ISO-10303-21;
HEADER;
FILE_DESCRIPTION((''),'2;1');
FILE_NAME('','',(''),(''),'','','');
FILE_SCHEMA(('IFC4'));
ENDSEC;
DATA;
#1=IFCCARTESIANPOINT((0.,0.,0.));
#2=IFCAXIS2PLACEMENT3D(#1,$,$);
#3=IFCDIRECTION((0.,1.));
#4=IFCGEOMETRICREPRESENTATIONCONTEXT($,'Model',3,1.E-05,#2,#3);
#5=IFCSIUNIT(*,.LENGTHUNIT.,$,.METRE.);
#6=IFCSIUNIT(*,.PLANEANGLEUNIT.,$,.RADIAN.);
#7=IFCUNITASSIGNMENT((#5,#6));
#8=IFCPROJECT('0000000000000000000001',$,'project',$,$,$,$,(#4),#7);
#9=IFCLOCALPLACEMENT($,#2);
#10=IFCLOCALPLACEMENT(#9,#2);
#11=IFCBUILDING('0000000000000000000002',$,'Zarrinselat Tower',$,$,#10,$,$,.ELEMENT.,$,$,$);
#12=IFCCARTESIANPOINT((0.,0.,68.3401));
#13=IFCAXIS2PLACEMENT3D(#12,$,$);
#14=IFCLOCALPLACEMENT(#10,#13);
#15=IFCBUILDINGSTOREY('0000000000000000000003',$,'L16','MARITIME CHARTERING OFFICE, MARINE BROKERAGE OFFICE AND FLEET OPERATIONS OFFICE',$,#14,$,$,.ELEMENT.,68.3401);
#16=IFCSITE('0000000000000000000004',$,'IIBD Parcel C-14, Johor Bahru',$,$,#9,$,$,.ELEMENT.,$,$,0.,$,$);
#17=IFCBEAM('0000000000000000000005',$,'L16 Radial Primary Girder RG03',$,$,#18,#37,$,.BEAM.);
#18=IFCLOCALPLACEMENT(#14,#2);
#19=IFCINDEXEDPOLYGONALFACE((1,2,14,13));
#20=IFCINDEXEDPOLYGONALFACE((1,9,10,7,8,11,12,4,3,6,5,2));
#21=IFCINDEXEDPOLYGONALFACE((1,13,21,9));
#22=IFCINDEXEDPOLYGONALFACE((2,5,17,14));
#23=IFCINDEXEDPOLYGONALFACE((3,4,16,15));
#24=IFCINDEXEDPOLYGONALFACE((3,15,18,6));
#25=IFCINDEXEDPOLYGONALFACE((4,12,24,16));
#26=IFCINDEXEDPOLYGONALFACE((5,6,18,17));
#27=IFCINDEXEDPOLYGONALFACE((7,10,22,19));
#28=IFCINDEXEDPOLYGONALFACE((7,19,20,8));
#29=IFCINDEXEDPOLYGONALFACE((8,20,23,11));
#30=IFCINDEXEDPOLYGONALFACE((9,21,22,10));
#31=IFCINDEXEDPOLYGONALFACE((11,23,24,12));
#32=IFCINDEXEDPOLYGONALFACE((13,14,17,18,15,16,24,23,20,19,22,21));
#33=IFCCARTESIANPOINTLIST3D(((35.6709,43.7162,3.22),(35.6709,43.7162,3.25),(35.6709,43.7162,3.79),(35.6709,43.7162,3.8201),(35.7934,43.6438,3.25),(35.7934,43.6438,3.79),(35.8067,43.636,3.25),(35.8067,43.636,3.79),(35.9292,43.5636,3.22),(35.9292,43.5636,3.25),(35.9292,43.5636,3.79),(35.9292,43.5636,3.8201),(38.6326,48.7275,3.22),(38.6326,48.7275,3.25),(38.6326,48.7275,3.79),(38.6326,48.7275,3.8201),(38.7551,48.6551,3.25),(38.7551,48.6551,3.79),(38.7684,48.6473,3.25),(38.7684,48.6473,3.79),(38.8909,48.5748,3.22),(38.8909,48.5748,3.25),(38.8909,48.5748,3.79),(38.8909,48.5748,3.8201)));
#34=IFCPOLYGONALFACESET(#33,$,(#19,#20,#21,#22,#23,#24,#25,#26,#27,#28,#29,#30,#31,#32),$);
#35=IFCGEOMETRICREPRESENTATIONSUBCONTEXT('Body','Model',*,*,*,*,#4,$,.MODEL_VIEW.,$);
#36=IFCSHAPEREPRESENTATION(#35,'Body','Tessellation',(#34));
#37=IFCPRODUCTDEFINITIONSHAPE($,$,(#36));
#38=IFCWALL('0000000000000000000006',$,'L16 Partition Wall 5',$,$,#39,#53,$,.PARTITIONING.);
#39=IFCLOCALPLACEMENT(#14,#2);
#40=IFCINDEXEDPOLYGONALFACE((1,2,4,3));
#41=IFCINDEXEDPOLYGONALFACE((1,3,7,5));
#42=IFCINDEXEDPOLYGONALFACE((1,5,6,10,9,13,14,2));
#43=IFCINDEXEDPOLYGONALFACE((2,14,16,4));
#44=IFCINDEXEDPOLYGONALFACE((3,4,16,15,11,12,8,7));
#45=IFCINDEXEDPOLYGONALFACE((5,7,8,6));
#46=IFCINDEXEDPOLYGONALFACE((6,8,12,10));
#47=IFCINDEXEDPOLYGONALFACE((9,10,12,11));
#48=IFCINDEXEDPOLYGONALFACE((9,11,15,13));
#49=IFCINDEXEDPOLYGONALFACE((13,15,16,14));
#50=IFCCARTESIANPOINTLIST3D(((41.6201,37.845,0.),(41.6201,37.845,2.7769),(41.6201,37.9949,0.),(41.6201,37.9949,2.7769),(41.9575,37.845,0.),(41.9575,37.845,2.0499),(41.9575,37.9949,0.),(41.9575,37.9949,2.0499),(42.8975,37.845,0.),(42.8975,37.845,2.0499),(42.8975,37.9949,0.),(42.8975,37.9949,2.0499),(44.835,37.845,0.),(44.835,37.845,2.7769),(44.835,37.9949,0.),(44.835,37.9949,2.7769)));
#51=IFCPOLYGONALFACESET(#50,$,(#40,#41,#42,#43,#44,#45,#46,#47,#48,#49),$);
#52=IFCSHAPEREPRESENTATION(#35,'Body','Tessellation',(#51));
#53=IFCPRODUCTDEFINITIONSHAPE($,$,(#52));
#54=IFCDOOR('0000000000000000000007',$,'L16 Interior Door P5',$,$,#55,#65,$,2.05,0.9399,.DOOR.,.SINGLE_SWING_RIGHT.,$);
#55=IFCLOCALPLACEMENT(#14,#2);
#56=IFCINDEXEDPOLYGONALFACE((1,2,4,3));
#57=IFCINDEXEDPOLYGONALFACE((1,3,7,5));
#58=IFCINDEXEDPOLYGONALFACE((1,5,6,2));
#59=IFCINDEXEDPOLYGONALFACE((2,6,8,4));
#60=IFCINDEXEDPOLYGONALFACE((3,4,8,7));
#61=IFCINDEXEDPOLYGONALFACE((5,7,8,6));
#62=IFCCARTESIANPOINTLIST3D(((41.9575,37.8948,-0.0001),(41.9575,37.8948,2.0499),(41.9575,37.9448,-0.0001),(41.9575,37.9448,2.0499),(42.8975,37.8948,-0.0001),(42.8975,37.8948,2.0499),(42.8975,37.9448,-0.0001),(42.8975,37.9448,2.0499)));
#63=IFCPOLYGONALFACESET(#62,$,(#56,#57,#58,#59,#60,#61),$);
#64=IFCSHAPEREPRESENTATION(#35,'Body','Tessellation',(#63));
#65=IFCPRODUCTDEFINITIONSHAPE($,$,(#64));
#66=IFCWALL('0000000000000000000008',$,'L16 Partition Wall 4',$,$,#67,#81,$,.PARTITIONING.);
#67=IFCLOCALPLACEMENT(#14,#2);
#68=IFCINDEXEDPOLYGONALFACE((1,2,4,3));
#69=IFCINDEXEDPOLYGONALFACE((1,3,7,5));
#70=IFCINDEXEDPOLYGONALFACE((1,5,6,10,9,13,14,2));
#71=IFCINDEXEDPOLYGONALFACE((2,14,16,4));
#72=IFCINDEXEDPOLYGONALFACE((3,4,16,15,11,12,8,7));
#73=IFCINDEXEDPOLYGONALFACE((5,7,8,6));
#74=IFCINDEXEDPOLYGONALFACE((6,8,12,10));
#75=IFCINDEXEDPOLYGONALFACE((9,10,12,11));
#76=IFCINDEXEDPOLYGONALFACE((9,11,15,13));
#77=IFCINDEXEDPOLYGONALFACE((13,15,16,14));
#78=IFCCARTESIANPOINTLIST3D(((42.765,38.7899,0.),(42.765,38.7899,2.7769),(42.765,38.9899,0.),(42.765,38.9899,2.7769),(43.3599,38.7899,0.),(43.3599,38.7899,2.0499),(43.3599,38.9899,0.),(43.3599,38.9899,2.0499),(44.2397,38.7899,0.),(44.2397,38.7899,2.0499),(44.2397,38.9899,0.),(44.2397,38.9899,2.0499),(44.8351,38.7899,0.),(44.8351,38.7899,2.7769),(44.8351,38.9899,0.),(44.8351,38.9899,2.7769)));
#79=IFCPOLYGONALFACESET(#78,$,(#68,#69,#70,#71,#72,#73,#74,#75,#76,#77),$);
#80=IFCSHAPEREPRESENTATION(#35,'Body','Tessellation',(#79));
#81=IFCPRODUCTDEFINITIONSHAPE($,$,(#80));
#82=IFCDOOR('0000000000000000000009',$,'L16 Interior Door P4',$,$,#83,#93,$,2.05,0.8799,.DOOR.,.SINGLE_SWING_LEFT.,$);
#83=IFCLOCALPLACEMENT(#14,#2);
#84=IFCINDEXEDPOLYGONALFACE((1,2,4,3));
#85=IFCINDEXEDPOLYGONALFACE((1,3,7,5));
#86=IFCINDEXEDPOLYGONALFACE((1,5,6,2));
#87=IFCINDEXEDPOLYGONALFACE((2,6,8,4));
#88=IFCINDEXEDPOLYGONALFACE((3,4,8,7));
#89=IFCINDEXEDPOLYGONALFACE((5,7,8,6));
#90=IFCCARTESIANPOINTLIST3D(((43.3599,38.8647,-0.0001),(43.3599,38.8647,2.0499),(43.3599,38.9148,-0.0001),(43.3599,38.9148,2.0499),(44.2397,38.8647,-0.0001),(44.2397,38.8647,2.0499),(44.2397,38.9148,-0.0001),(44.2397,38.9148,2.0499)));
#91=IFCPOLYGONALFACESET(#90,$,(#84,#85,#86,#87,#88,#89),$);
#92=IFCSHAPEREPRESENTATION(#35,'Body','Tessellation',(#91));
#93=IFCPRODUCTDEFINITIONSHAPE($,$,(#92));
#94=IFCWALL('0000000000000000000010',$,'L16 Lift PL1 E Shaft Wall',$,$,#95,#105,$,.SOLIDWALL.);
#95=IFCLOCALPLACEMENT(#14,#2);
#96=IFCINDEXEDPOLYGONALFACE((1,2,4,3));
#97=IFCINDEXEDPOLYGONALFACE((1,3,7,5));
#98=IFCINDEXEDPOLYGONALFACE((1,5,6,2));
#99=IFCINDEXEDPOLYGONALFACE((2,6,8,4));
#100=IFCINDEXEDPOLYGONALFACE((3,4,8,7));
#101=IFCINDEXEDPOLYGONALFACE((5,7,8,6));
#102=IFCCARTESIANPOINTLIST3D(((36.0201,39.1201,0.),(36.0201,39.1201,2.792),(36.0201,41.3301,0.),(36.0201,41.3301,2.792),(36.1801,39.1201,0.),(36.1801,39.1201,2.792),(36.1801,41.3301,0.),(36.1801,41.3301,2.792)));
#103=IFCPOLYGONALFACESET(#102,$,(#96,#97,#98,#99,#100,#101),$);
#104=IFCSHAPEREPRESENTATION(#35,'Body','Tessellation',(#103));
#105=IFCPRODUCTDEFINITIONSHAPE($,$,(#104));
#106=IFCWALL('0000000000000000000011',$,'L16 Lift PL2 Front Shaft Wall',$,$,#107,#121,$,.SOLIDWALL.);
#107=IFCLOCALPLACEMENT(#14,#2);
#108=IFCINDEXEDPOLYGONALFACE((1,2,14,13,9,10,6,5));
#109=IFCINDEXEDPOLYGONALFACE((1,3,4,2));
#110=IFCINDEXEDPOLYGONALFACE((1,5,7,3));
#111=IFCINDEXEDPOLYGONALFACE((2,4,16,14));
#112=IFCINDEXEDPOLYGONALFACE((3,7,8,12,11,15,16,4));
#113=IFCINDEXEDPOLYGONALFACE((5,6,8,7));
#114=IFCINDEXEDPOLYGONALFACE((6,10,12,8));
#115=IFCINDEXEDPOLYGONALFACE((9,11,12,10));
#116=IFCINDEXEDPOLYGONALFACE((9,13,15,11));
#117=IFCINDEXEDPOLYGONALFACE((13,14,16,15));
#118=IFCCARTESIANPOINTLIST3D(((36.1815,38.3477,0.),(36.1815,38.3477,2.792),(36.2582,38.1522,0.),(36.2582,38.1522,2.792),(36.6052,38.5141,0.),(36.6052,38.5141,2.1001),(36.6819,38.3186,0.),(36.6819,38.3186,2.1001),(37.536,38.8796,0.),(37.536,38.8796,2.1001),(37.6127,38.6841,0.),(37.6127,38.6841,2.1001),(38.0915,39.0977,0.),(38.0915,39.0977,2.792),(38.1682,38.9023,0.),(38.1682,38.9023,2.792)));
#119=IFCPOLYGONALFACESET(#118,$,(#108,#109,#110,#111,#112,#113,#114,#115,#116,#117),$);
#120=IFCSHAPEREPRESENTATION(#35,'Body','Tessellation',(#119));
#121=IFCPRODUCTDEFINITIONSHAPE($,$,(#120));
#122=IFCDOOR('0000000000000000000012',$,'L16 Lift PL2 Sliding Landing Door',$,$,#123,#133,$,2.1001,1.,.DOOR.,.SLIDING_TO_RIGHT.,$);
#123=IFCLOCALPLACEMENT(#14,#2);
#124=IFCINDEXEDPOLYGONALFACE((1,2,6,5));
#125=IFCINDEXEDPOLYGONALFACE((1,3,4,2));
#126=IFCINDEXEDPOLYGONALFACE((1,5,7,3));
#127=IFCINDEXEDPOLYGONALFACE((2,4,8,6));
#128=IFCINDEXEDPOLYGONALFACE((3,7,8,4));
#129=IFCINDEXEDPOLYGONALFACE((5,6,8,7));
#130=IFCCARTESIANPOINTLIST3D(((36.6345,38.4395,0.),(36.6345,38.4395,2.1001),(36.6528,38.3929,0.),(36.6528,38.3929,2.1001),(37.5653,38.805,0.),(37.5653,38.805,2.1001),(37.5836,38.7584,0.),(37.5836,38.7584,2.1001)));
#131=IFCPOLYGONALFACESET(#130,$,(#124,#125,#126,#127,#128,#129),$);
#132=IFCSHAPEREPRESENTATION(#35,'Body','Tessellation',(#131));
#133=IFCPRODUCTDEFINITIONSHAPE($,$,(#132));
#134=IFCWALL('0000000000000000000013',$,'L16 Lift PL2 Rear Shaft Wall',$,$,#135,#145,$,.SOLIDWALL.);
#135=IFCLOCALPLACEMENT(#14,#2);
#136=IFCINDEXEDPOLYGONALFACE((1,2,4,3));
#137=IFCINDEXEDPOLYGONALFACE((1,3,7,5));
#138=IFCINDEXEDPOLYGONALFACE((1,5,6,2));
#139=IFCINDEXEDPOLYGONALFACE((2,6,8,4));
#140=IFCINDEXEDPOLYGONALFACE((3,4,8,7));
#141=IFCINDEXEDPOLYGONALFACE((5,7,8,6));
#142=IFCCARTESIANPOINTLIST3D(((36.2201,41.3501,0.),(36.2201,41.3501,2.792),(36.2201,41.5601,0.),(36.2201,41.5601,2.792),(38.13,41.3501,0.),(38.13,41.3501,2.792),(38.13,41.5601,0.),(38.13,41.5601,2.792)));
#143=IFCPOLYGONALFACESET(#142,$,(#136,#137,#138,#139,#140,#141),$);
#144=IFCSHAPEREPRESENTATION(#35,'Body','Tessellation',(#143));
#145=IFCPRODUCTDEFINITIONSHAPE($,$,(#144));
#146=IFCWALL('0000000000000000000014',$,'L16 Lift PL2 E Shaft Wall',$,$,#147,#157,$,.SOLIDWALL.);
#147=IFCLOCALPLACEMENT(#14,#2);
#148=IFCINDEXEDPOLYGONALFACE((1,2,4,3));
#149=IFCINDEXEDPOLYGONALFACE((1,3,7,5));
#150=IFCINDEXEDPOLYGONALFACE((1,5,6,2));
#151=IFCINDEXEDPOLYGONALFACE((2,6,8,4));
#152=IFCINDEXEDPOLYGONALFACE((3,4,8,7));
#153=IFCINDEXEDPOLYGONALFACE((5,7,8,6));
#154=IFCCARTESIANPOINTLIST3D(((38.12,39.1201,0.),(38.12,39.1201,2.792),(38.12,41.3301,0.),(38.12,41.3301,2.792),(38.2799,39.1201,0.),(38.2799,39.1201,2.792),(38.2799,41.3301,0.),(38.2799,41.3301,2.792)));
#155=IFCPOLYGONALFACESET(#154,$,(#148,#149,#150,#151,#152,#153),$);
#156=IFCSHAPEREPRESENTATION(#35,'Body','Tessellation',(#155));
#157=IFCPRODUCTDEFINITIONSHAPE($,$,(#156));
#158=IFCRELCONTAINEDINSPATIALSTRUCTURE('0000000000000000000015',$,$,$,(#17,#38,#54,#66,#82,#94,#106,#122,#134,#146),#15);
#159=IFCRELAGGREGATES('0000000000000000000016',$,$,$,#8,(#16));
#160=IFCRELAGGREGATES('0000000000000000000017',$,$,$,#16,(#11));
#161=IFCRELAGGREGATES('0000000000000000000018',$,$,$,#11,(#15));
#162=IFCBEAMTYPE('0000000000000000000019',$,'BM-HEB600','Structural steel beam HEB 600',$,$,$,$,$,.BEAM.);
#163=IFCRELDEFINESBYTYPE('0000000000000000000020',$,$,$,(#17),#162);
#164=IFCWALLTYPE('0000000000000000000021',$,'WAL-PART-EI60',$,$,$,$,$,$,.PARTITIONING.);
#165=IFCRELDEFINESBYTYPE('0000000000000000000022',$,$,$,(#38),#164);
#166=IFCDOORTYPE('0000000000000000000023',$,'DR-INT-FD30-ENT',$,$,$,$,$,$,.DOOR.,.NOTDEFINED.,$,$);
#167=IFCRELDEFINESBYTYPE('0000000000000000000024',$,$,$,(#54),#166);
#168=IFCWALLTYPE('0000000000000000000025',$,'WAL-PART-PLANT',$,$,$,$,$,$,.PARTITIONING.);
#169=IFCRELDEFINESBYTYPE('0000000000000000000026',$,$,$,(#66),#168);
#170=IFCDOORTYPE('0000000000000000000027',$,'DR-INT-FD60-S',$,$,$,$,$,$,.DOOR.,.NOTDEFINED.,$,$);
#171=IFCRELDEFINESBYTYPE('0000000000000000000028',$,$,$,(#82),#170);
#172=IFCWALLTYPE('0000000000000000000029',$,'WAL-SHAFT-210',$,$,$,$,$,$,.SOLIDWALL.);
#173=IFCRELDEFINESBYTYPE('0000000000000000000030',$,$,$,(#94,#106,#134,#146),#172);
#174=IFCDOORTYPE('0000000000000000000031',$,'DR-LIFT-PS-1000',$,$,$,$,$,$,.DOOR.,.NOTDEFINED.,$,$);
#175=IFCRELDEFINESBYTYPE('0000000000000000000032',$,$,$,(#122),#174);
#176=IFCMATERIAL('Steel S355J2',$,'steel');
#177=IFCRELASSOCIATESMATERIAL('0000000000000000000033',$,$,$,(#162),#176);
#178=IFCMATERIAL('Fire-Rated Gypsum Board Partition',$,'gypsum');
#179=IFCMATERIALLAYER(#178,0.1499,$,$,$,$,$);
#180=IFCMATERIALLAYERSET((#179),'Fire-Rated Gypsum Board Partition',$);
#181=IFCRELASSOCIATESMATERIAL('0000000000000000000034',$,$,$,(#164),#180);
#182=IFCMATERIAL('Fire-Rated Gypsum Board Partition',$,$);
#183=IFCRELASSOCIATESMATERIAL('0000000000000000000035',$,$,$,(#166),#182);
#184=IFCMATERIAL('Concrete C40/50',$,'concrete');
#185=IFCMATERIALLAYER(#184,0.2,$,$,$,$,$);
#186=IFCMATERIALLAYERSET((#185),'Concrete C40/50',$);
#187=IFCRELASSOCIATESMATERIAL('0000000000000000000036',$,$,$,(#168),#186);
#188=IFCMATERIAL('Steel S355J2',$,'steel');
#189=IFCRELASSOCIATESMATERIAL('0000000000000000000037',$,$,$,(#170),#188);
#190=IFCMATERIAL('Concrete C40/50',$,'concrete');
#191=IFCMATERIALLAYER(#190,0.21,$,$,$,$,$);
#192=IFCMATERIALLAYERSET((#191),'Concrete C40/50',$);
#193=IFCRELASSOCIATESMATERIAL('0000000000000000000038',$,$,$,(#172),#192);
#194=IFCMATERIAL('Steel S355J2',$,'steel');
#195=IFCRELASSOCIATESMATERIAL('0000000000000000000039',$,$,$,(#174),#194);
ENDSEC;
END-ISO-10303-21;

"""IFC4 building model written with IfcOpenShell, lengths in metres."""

from ifc_helpers import new_model, si_unit, direction, frame, frame_2d, origin, origin_2d, place, context, subcontext, project, spatial, rectangle, i_section, extrude, material, layer, layer_set, material_profile, profile_set, type_object, element, fill, save


model = new_model("IFC4")

# Units and contexts
model_context = context("Model", 3, precision=1e-05, world=origin(), true_north=direction((0.0, 1.0)))
body_context = subcontext(model_context, "Body", "Model", "MODEL_VIEW")
ifc_project = project(units=[si_unit("LENGTHUNIT", "METRE"), si_unit("PLANEANGLEUNIT", "RADIAN")], contexts=[model_context])

# Site, building, storey
site_placement = place(None, origin())
site = spatial("IfcSite", under=ifc_project, at=site_placement, Name="IIBD Parcel C-14, Johor Bahru", CompositionType="ELEMENT", RefElevation=0.0)
building_placement = place(site_placement, origin())
building = spatial("IfcBuilding", under=site, at=building_placement, Name="Zarrinselat Tower", CompositionType="ELEMENT")
storey_placement = place(building_placement, frame((0.0, 0.0, 68.3401)))
storey = spatial("IfcBuildingStorey", under=building, at=storey_placement, Name="L16", Description="MARITIME CHARTERING OFFICE, MARINE BROKERAGE OFFICE AND FLEET OPERATIONS OFFICE", CompositionType="ELEMENT", Elevation=68.3401)

# Beam
ifc_material_1 = material(Name="Steel S355J2", Category="steel")
ifc_material_profile = material_profile(ifc_material_1, i_section(OverallWidth=0.3, OverallDepth=0.6001, WebThickness=0.0154, FlangeThickness=0.03, at=origin_2d()), Name="HEB 600")
ifc_profile_set = profile_set([ifc_material_profile], Name="Steel S355J2")
beam_type = type_object("IfcBeamType", Name="BM-HEB600", Description="Structural steel beam HEB 600", PredefinedType="BEAM", material=ifc_profile_set)
beam_placement = place(storey_placement, frame((35.8, 43.6399, 3.52), z_axis=(0.508791, 0.86089, 0.0), x_axis=(-0.86089, 0.508791, 0.0)))
element("IfcBeam", 1, at=beam_placement, inside=storey, type_object=beam_type, Name="L16 Radial Primary Girder RG03", PredefinedType="BEAM", context=body_context, shape_type="SweptSolid", body=[
    extrude(i_section(OverallWidth=0.3, OverallDepth=0.6001, WebThickness=0.0154, FlangeThickness=0.03, at=origin_2d()), origin(), (0.0, 0.0, 1.0), 5.821),
])

# Walls, openings, doors
ifc_material_2 = material(Name="Fire-Rated Gypsum Board Partition", Category="gypsum")
ifc_layer_1 = layer(ifc_material_2, 0.1499)
ifc_layer_set_1 = layer_set([ifc_layer_1], Name="Fire-Rated Gypsum Board Partition")
wall_type_1 = type_object("IfcWallType", Name="WAL-PART-EI60", PredefinedType="PARTITIONING", material=ifc_layer_set_1)
wall_1_placement = place(storey_placement, frame((41.6201, 37.9199, 0.0), z_axis=(0.0, 0.0, 1.0), x_axis=(1.0, 0.0, 0.0)))
wall_1 = element("IfcWall", 2, at=wall_1_placement, inside=storey, type_object=wall_type_1, Name="L16 Partition Wall 5", PredefinedType="PARTITIONING", context=body_context, shape_type="SweptSolid", body=[
    extrude(rectangle(XDim=3.2148, YDim=0.1499, at=frame_2d((1.6074, 0.0))), origin(), (0.0, 0.0, 1.0), 2.7769),
])
opening_1_placement = place(wall_1_placement, frame((0.3374, 0.0, 0.0)))
opening_1 = element("IfcOpeningElement", 3, at=opening_1_placement, cuts=wall_1, PredefinedType="OPENING", context=body_context, shape_type="SweptSolid", body=[
    extrude(rectangle(XDim=0.9399, YDim=2.05, at=frame_2d((0.47, 1.0249))), frame((0.0, 0.085, 0.0), z_axis=(0.0, -1.0, 0.0), x_axis=(1.0, 0.0, 0.0)), (0.0, 0.0, 1.0), 0.1699),
])
ifc_material_3 = material(Name="Fire-Rated Gypsum Board Partition")
door_type_1 = type_object("IfcDoorType", Name="DR-INT-FD30-ENT", OperationType="NOTDEFINED", PredefinedType="DOOR", material=ifc_material_3)
door_1_placement = place(opening_1_placement, origin())
door_1 = element("IfcDoor", 4, at=door_1_placement, inside=storey, type_object=door_type_1, Name="L16 Interior Door P5", OperationType="SINGLE_SWING_RIGHT", OverallHeight=2.05, OverallWidth=0.9399, PredefinedType="DOOR", context=body_context, shape_type="SweptSolid", body=[
    extrude(rectangle(XDim=0.9399, YDim=2.05, at=frame_2d((0.47, 1.0249))), frame((0.0, 0.0249, 0.0), z_axis=(0.0, -1.0, 0.0), x_axis=(1.0, 0.0, 0.0)), (0.0, 0.0, 1.0), 0.05),
])
fill(opening_1, door_1)
ifc_material_4 = material(Name="Concrete C40/50", Category="concrete")
ifc_layer_2 = layer(ifc_material_4, 0.2)
ifc_layer_set_2 = layer_set([ifc_layer_2], Name="Concrete C40/50")
wall_type_2 = type_object("IfcWallType", Name="WAL-PART-PLANT", PredefinedType="PARTITIONING", material=ifc_layer_set_2)
wall_2_placement = place(storey_placement, frame((42.7649, 38.8899, 0.0), z_axis=(0.0, 0.0, 1.0), x_axis=(1.0, 0.0, 0.0)))
wall_2 = element("IfcWall", 5, at=wall_2_placement, inside=storey, type_object=wall_type_2, Name="L16 Partition Wall 4", PredefinedType="PARTITIONING", context=body_context, shape_type="SweptSolid", body=[
    extrude(rectangle(XDim=2.0701, YDim=0.2, at=frame_2d((1.0352, 0.0))), origin(), (0.0, 0.0, 1.0), 2.7769),
])
opening_2_placement = place(wall_2_placement, frame((0.595, 0.0, 0.0)))
opening_2 = element("IfcOpeningElement", 6, at=opening_2_placement, cuts=wall_2, PredefinedType="OPENING", context=body_context, shape_type="SweptSolid", body=[
    extrude(rectangle(XDim=0.8799, YDim=2.05, at=frame_2d((0.4399, 1.0249))), frame((0.0, 0.1099, 0.0), z_axis=(0.0, -1.0, 0.0), x_axis=(1.0, 0.0, 0.0)), (0.0, 0.0, 1.0), 0.22),
])
ifc_material_5 = material(Name="Steel S355J2", Category="steel")
door_type_2 = type_object("IfcDoorType", Name="DR-INT-FD60-S", OperationType="NOTDEFINED", PredefinedType="DOOR", material=ifc_material_5)
door_2_placement = place(opening_2_placement, origin())
door_2 = element("IfcDoor", 7, at=door_2_placement, inside=storey, type_object=door_type_2, Name="L16 Interior Door P4", OperationType="SINGLE_SWING_LEFT", OverallHeight=2.05, OverallWidth=0.8799, PredefinedType="DOOR", context=body_context, shape_type="SweptSolid", body=[
    extrude(rectangle(XDim=0.8799, YDim=2.05, at=frame_2d((0.4399, 1.0249))), frame((0.0, 0.0249, 0.0), z_axis=(0.0, -1.0, 0.0), x_axis=(1.0, 0.0, 0.0)), (0.0, 0.0, 1.0), 0.05),
])
fill(opening_2, door_2)

# Wall
ifc_material_6 = material(Name="Concrete C40/50", Category="concrete")
ifc_layer_3 = layer(ifc_material_6, 0.21)
ifc_layer_set_3 = layer_set([ifc_layer_3], Name="Concrete C40/50")
wall_type_3 = type_object("IfcWallType", Name="WAL-SHAFT-210", PredefinedType="SOLIDWALL", material=ifc_layer_set_3)
wall_3_placement = place(storey_placement, frame((36.1001, 39.1201, 0.0), z_axis=(0.0, 0.0, 1.0), x_axis=(0.0, 1.0, 0.0)))
element("IfcWall", 8, at=wall_3_placement, inside=storey, type_object=wall_type_3, Name="L16 Lift PL1 E Shaft Wall", PredefinedType="SOLIDWALL", context=body_context, shape_type="SweptSolid", body=[
    extrude(rectangle(XDim=2.21, YDim=0.1599, at=frame_2d((1.105, 0.0))), origin(), (0.0, 0.0, 1.0), 2.792),
])

# Wall, opening, door
wall_4_placement = place(storey_placement, frame((36.22, 38.25, 0.0), z_axis=(0.0, 0.0, 1.0), x_axis=(0.930805, 0.365516, 0.0)))
wall_4 = element("IfcWall", 9, at=wall_4_placement, inside=storey, type_object=wall_type_3, Name="L16 Lift PL2 Front Shaft Wall", PredefinedType="SOLIDWALL", context=body_context, shape_type="SweptSolid", body=[
    extrude(rectangle(XDim=2.052, YDim=0.21, at=frame_2d((1.0259, 0.0))), origin(), (0.0, 0.0, 1.0), 2.792),
])
opening_3_placement = place(wall_4_placement, frame((0.4551, 0.0, 0.0)))
opening_3 = element("IfcOpeningElement", 10, at=opening_3_placement, cuts=wall_4, PredefinedType="OPENING", context=body_context, shape_type="SweptSolid", body=[
    extrude(rectangle(XDim=1.0, YDim=2.1001, at=frame_2d((0.5, 1.05))), frame((0.0, 0.115, 0.0), z_axis=(0.0, -1.0, 0.0), x_axis=(1.0, 0.0, 0.0)), (0.0, 0.0, 1.0), 0.23),
])
ifc_material_7 = material(Name="Steel S355J2", Category="steel")
door_type_3 = type_object("IfcDoorType", Name="DR-LIFT-PS-1000", OperationType="NOTDEFINED", PredefinedType="DOOR", material=ifc_material_7)
door_3_placement = place(opening_3_placement, origin())
door_3 = element("IfcDoor", 11, at=door_3_placement, inside=storey, type_object=door_type_3, Name="L16 Lift PL2 Sliding Landing Door", OperationType="SLIDING_TO_RIGHT", OverallHeight=2.1001, OverallWidth=1.0, PredefinedType="DOOR", context=body_context, shape_type="SweptSolid", body=[
    extrude(rectangle(XDim=1.0, YDim=2.1001, at=frame_2d((0.5, 1.05))), frame((0.0, 0.0249, 0.0), z_axis=(0.0, -1.0, 0.0), x_axis=(1.0, 0.0, 0.0)), (0.0, 0.0, 1.0), 0.05),
])
fill(opening_3, door_3)

# Walls
wall_5_placement = place(storey_placement, frame((36.22, 41.4551, 0.0), z_axis=(0.0, 0.0, 1.0), x_axis=(1.0, 0.0, 0.0)))
element("IfcWall", 12, at=wall_5_placement, inside=storey, type_object=wall_type_3, Name="L16 Lift PL2 Rear Shaft Wall", PredefinedType="SOLIDWALL", context=body_context, shape_type="SweptSolid", body=[
    extrude(rectangle(XDim=1.9099, YDim=0.21, at=frame_2d((0.9551, 0.0))), origin(), (0.0, 0.0, 1.0), 2.792),
])
wall_6_placement = place(storey_placement, frame((38.2, 39.1201, 0.0), z_axis=(0.0, 0.0, 1.0), x_axis=(0.0, 1.0, 0.0)))
element("IfcWall", 13, at=wall_6_placement, inside=storey, type_object=wall_type_3, Name="L16 Lift PL2 E Shaft Wall", PredefinedType="SOLIDWALL", context=body_context, shape_type="SweptSolid", body=[
    extrude(rectangle(XDim=2.21, YDim=0.1599, at=frame_2d((1.105, 0.0))), origin(), (0.0, 0.0, 1.0), 2.792),
])

save(model, "model.ifc")
